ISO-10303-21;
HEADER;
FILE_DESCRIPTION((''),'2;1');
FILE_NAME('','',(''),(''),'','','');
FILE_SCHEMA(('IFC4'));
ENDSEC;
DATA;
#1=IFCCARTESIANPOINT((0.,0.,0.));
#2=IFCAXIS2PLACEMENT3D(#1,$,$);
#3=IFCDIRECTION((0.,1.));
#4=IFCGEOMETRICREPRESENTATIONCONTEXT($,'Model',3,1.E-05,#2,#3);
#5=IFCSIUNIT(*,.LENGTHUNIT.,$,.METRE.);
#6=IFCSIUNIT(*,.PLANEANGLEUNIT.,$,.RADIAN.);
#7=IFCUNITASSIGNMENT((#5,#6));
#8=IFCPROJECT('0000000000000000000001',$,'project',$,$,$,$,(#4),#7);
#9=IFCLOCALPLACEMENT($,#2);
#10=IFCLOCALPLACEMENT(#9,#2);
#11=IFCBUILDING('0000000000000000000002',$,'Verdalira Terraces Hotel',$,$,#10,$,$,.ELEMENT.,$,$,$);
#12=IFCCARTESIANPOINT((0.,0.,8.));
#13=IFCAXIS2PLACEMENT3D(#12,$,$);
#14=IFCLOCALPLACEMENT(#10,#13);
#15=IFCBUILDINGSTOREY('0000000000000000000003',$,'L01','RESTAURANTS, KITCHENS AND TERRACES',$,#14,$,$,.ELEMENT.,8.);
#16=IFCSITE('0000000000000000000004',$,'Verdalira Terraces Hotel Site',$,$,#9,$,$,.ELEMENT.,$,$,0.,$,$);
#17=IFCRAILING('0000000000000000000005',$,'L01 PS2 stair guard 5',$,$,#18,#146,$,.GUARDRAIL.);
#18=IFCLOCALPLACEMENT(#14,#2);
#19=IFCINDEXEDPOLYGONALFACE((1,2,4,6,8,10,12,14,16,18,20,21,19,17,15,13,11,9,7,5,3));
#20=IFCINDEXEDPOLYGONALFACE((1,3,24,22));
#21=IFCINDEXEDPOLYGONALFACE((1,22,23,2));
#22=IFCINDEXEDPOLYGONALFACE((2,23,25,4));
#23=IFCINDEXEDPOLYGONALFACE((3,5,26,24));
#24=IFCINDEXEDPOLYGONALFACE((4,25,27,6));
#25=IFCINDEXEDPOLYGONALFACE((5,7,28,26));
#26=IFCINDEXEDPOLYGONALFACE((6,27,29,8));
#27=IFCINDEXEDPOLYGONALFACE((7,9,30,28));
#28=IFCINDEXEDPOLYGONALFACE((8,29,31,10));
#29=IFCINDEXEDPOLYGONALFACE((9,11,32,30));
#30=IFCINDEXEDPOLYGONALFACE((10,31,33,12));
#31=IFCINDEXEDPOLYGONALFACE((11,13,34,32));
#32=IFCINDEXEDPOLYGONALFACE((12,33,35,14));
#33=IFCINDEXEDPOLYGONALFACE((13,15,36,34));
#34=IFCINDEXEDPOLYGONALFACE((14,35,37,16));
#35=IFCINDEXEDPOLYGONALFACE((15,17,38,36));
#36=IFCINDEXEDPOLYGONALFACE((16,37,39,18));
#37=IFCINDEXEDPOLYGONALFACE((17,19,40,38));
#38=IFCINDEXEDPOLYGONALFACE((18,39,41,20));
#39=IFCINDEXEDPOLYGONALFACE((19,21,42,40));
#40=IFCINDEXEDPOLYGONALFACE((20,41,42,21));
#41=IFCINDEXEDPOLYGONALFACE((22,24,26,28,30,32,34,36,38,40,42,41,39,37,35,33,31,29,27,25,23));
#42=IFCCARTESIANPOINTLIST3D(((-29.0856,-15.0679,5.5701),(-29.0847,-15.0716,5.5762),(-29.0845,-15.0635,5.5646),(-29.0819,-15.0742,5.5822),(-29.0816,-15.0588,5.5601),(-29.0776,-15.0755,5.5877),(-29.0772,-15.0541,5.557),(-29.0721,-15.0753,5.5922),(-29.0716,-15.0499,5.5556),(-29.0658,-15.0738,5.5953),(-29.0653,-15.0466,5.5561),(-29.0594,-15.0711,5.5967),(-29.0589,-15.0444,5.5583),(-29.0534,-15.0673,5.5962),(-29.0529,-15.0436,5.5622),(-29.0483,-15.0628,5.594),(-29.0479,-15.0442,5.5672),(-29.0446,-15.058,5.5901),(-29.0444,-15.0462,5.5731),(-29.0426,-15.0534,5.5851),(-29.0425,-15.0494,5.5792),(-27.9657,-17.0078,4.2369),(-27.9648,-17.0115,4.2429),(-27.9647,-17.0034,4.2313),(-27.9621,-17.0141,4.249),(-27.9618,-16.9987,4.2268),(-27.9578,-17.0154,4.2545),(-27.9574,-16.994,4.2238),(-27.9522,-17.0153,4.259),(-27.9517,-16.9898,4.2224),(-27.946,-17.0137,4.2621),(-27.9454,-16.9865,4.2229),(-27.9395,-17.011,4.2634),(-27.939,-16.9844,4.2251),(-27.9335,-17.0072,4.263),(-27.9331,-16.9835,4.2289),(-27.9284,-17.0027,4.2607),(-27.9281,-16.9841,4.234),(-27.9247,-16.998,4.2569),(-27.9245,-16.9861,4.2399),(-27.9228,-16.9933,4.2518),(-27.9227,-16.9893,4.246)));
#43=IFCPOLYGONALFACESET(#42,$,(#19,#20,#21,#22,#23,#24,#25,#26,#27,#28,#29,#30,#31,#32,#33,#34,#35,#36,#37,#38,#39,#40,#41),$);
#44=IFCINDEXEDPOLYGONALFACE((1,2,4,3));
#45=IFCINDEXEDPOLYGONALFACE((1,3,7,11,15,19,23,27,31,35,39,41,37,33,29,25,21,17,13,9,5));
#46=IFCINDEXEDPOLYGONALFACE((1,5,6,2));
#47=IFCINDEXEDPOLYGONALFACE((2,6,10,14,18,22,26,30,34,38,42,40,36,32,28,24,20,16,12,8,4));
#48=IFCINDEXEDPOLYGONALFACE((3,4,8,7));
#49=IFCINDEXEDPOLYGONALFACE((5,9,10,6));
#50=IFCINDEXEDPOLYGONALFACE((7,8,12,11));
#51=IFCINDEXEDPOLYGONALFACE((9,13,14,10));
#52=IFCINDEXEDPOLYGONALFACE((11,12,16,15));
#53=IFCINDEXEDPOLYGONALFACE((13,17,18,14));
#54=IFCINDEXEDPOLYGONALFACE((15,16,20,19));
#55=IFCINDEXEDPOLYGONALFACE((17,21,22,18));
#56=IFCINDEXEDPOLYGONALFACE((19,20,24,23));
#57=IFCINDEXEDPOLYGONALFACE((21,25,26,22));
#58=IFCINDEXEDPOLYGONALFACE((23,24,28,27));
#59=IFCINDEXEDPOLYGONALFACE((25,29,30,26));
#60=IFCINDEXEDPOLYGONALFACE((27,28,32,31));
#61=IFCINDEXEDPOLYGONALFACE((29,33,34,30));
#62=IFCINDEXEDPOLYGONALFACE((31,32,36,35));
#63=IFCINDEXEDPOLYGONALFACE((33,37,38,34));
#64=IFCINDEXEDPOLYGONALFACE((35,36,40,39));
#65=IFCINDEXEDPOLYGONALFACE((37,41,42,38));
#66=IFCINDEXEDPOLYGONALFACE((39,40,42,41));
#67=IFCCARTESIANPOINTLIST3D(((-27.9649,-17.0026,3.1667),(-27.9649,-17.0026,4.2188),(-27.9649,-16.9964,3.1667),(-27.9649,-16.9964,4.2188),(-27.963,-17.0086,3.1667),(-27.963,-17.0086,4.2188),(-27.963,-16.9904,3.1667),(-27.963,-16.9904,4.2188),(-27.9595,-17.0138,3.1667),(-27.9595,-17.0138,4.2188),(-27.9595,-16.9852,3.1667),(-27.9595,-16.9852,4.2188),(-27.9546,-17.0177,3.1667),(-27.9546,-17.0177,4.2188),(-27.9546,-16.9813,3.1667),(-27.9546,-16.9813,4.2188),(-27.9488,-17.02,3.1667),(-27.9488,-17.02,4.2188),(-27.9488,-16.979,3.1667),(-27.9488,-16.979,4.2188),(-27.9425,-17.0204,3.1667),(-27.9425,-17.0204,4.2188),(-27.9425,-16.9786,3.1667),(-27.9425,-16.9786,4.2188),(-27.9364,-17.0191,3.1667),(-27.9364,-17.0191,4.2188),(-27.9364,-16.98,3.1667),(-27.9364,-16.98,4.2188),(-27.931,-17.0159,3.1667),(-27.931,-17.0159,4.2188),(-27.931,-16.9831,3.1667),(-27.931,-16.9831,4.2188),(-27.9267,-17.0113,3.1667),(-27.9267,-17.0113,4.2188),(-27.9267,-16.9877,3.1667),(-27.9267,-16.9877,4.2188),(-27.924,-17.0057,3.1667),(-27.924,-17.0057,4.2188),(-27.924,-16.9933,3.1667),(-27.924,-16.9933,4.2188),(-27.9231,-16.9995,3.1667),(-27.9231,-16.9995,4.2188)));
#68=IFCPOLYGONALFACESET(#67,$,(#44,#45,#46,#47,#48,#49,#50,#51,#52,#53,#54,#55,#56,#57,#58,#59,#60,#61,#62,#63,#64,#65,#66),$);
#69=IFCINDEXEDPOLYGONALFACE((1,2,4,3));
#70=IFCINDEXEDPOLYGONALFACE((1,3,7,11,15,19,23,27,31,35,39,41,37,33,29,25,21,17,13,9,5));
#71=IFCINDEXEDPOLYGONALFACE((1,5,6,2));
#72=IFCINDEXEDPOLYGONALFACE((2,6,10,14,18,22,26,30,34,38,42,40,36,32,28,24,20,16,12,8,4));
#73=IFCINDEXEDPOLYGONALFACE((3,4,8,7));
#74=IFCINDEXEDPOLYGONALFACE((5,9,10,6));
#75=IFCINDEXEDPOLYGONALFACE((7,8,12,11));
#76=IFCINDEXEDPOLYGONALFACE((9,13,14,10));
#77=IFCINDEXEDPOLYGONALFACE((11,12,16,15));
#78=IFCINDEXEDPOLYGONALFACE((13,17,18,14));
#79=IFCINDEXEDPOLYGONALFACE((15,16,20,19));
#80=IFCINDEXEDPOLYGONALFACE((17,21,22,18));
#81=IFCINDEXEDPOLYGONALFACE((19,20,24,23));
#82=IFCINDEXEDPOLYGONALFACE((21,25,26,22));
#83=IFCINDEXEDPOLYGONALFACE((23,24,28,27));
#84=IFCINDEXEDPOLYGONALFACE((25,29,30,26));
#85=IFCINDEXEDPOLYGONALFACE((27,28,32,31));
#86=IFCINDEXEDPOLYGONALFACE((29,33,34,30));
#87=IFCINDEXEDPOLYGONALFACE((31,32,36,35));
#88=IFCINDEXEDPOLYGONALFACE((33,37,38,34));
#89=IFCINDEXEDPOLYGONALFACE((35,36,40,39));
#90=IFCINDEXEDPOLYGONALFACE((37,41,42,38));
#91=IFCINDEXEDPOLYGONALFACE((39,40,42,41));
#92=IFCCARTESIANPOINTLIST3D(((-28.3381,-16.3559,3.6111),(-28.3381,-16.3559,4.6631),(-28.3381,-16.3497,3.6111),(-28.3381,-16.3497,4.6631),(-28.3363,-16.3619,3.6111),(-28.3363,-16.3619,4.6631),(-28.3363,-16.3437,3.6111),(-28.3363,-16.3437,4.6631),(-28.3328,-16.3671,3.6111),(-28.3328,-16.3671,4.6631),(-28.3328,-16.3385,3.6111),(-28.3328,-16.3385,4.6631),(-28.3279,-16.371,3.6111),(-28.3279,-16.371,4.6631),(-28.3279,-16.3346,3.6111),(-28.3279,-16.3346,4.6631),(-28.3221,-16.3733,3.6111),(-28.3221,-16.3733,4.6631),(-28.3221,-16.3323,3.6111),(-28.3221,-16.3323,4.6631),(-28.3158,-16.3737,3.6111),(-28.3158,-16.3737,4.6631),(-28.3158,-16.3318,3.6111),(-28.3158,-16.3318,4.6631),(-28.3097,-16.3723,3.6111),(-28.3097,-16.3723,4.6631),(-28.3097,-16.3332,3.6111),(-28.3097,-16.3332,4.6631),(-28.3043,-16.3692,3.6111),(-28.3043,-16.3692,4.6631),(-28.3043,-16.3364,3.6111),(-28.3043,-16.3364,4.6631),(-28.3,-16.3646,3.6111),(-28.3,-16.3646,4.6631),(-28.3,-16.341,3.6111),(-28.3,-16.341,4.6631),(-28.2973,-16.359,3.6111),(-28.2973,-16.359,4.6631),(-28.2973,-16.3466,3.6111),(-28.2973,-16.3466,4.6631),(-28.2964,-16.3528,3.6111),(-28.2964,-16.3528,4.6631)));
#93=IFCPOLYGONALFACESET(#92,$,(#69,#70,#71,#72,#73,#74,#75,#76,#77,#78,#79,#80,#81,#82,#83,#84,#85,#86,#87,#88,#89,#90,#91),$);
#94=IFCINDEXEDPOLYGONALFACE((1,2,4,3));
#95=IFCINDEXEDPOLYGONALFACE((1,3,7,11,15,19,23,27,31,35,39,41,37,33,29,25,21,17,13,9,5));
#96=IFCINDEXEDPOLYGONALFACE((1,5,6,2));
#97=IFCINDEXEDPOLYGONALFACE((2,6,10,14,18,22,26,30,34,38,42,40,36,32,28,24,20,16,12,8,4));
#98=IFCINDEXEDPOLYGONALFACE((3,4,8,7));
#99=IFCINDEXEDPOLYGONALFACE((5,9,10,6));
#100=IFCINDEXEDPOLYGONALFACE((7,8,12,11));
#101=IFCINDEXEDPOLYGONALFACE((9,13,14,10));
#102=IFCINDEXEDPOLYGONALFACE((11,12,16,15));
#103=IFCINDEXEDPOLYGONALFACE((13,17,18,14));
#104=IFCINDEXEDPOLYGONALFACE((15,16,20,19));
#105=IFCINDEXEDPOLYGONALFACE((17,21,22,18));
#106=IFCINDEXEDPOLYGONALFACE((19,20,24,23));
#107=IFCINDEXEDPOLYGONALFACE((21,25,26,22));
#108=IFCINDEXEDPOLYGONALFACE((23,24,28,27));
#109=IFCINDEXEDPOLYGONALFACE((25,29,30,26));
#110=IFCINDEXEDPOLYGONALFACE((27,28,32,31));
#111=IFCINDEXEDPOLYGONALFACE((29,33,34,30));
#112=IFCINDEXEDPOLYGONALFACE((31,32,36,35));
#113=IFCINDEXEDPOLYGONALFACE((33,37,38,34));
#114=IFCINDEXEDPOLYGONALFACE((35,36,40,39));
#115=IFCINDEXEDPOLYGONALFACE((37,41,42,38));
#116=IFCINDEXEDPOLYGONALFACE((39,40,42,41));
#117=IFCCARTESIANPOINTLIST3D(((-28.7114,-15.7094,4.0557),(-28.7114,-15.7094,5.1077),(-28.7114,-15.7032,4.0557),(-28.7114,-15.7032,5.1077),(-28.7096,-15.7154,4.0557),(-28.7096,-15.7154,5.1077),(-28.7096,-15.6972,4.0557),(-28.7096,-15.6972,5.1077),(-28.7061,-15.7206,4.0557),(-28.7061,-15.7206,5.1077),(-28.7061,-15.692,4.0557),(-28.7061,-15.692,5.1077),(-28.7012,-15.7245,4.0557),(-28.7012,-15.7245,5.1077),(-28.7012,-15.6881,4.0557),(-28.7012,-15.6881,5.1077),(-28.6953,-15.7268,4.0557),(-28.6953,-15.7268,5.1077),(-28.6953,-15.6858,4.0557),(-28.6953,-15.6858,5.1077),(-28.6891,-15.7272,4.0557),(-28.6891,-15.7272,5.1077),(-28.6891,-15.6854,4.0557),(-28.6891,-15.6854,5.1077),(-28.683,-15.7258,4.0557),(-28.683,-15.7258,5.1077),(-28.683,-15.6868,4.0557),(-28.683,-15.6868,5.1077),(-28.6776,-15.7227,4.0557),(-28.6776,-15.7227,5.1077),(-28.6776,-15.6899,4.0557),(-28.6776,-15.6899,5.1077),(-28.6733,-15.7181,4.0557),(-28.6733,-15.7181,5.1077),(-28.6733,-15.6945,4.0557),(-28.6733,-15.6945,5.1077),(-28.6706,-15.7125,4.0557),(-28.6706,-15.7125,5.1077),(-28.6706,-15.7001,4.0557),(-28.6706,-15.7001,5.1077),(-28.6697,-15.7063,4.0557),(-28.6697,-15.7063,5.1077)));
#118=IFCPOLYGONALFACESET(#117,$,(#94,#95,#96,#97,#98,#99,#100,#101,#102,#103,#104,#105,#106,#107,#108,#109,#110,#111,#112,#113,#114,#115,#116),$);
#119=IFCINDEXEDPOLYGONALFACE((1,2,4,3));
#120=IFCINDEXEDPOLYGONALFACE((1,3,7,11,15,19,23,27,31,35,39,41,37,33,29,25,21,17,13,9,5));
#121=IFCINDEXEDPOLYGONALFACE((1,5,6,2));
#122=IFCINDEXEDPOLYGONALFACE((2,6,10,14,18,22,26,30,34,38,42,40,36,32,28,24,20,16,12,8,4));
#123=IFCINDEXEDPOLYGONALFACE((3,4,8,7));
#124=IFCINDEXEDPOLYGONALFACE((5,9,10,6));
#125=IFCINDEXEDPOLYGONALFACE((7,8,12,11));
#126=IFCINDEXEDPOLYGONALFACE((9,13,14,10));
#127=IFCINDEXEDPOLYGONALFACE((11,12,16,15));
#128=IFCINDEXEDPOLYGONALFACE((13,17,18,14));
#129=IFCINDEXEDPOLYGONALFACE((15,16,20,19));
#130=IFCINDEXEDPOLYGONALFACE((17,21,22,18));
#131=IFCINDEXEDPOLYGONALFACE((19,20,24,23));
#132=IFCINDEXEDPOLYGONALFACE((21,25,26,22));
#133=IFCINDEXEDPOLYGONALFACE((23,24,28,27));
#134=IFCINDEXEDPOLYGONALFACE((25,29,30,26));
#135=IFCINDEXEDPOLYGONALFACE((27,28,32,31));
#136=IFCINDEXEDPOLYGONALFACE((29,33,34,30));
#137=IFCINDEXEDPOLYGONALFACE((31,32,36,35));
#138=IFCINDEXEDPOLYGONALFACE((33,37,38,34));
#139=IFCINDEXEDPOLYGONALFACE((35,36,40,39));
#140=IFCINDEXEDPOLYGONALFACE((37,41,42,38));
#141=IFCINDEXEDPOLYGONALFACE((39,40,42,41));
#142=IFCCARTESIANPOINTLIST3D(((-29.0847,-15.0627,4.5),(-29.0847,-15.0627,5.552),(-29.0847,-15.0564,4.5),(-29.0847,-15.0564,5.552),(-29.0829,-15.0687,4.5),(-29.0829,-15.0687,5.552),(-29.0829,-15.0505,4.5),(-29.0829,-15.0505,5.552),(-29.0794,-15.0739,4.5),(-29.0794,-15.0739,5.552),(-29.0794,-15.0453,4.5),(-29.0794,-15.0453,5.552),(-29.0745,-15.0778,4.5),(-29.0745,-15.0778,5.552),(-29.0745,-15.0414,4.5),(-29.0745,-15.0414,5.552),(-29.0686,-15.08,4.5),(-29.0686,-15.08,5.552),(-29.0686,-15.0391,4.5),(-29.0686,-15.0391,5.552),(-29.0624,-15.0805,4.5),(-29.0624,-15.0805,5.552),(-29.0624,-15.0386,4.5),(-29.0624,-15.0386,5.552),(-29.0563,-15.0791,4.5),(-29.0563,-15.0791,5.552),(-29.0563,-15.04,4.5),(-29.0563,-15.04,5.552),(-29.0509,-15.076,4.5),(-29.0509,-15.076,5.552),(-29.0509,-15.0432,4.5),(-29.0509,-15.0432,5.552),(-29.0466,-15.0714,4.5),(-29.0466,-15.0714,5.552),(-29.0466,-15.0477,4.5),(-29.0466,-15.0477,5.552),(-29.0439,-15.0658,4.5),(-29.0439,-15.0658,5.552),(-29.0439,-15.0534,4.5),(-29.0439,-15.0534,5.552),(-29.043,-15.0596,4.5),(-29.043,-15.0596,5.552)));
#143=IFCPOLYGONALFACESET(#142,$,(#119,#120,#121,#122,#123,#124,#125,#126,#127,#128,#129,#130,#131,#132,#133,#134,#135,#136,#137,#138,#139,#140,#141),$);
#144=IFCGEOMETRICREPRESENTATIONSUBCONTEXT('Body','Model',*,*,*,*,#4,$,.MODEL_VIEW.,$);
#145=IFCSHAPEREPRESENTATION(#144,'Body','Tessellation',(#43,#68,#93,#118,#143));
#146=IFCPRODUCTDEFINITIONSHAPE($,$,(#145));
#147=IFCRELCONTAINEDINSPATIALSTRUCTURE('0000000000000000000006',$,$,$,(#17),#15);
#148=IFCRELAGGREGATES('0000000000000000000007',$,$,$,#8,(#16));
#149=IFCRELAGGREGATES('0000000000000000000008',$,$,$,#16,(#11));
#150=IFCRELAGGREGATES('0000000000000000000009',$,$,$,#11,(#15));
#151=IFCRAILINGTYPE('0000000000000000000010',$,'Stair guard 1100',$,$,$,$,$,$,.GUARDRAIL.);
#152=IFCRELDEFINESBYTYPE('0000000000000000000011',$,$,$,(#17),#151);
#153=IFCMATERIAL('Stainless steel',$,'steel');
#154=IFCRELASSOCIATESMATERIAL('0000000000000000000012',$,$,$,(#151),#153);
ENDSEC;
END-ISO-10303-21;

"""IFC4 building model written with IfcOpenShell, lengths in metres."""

from ifc_helpers import new_model, si_unit, direction, frame, origin, origin_2d, place, context, subcontext, project, spatial, circle, extrude, material, type_object, element, save


model = new_model("IFC4")

# Units and contexts
model_context = context("Model", 3, precision=1e-05, world=origin(), true_north=direction((0.0, 1.0)))
body_context = subcontext(model_context, "Body", "Model", "MODEL_VIEW")
ifc_project = project(units=[si_unit("LENGTHUNIT", "METRE"), si_unit("PLANEANGLEUNIT", "RADIAN")], contexts=[model_context])

# Site, building, storey
site_placement = place(None, origin())
site = spatial("IfcSite", under=ifc_project, at=site_placement, Name="Verdalira Terraces Hotel Site", CompositionType="ELEMENT", RefElevation=0.0)
building_placement = place(site_placement, origin())
building = spatial("IfcBuilding", under=site, at=building_placement, Name="Verdalira Terraces Hotel", CompositionType="ELEMENT")
storey_placement = place(building_placement, frame((0.0, 0.0, 8.0)))
storey = spatial("IfcBuildingStorey", under=building, at=storey_placement, Name="L01", Description="RESTAURANTS, KITCHENS AND TERRACES", CompositionType="ELEMENT", Elevation=8.0)

# Railing
ifc_material_1 = material(Name="Stainless steel", Category="steel")
railing_type_1 = type_object("IfcRailingType", Name="Stair guard 1100", PredefinedType="GUARDRAIL", material=ifc_material_1)
for number, where, name in (
    (1, (-27.9441, -16.9995, 3.1667), "L01 PS2 stair guard 5"),
):
    element("IfcRailing", number, at=place(storey_placement, frame(where)), inside=storey, type_object=railing_type_1, Name=name, PredefinedType="GUARDRAIL", context=body_context, shape_type="SweptSolid", body=[
        extrude(circle(Radius=0.0239, at=origin_2d()), frame((0.0, 0.0, 1.0762), z_axis=(-0.429608, 0.744205, 0.511465), x_axis=(-0.866055, -0.499949, 0.0)), (0.0, 0.0, 1.0), 2.6067),
        extrude(circle(Radius=0.021, at=origin_2d()), origin(), (0.0, 0.0, 1.0), 1.052),
        extrude(circle(Radius=0.021, at=origin_2d()), frame((-0.3733, 0.6467, 0.4443)), (0.0, 0.0, 1.0), 1.052),
        extrude(circle(Radius=0.021, at=origin_2d()), frame((-0.7466, 1.2932, 0.8889)), (0.0, 0.0, 1.0), 1.052),
        extrude(circle(Radius=0.021, at=origin_2d()), frame((-1.1199, 1.9399, 1.3333)), (0.0, 0.0, 1.0), 1.052),
    ])

save(model, "model.ifc")
